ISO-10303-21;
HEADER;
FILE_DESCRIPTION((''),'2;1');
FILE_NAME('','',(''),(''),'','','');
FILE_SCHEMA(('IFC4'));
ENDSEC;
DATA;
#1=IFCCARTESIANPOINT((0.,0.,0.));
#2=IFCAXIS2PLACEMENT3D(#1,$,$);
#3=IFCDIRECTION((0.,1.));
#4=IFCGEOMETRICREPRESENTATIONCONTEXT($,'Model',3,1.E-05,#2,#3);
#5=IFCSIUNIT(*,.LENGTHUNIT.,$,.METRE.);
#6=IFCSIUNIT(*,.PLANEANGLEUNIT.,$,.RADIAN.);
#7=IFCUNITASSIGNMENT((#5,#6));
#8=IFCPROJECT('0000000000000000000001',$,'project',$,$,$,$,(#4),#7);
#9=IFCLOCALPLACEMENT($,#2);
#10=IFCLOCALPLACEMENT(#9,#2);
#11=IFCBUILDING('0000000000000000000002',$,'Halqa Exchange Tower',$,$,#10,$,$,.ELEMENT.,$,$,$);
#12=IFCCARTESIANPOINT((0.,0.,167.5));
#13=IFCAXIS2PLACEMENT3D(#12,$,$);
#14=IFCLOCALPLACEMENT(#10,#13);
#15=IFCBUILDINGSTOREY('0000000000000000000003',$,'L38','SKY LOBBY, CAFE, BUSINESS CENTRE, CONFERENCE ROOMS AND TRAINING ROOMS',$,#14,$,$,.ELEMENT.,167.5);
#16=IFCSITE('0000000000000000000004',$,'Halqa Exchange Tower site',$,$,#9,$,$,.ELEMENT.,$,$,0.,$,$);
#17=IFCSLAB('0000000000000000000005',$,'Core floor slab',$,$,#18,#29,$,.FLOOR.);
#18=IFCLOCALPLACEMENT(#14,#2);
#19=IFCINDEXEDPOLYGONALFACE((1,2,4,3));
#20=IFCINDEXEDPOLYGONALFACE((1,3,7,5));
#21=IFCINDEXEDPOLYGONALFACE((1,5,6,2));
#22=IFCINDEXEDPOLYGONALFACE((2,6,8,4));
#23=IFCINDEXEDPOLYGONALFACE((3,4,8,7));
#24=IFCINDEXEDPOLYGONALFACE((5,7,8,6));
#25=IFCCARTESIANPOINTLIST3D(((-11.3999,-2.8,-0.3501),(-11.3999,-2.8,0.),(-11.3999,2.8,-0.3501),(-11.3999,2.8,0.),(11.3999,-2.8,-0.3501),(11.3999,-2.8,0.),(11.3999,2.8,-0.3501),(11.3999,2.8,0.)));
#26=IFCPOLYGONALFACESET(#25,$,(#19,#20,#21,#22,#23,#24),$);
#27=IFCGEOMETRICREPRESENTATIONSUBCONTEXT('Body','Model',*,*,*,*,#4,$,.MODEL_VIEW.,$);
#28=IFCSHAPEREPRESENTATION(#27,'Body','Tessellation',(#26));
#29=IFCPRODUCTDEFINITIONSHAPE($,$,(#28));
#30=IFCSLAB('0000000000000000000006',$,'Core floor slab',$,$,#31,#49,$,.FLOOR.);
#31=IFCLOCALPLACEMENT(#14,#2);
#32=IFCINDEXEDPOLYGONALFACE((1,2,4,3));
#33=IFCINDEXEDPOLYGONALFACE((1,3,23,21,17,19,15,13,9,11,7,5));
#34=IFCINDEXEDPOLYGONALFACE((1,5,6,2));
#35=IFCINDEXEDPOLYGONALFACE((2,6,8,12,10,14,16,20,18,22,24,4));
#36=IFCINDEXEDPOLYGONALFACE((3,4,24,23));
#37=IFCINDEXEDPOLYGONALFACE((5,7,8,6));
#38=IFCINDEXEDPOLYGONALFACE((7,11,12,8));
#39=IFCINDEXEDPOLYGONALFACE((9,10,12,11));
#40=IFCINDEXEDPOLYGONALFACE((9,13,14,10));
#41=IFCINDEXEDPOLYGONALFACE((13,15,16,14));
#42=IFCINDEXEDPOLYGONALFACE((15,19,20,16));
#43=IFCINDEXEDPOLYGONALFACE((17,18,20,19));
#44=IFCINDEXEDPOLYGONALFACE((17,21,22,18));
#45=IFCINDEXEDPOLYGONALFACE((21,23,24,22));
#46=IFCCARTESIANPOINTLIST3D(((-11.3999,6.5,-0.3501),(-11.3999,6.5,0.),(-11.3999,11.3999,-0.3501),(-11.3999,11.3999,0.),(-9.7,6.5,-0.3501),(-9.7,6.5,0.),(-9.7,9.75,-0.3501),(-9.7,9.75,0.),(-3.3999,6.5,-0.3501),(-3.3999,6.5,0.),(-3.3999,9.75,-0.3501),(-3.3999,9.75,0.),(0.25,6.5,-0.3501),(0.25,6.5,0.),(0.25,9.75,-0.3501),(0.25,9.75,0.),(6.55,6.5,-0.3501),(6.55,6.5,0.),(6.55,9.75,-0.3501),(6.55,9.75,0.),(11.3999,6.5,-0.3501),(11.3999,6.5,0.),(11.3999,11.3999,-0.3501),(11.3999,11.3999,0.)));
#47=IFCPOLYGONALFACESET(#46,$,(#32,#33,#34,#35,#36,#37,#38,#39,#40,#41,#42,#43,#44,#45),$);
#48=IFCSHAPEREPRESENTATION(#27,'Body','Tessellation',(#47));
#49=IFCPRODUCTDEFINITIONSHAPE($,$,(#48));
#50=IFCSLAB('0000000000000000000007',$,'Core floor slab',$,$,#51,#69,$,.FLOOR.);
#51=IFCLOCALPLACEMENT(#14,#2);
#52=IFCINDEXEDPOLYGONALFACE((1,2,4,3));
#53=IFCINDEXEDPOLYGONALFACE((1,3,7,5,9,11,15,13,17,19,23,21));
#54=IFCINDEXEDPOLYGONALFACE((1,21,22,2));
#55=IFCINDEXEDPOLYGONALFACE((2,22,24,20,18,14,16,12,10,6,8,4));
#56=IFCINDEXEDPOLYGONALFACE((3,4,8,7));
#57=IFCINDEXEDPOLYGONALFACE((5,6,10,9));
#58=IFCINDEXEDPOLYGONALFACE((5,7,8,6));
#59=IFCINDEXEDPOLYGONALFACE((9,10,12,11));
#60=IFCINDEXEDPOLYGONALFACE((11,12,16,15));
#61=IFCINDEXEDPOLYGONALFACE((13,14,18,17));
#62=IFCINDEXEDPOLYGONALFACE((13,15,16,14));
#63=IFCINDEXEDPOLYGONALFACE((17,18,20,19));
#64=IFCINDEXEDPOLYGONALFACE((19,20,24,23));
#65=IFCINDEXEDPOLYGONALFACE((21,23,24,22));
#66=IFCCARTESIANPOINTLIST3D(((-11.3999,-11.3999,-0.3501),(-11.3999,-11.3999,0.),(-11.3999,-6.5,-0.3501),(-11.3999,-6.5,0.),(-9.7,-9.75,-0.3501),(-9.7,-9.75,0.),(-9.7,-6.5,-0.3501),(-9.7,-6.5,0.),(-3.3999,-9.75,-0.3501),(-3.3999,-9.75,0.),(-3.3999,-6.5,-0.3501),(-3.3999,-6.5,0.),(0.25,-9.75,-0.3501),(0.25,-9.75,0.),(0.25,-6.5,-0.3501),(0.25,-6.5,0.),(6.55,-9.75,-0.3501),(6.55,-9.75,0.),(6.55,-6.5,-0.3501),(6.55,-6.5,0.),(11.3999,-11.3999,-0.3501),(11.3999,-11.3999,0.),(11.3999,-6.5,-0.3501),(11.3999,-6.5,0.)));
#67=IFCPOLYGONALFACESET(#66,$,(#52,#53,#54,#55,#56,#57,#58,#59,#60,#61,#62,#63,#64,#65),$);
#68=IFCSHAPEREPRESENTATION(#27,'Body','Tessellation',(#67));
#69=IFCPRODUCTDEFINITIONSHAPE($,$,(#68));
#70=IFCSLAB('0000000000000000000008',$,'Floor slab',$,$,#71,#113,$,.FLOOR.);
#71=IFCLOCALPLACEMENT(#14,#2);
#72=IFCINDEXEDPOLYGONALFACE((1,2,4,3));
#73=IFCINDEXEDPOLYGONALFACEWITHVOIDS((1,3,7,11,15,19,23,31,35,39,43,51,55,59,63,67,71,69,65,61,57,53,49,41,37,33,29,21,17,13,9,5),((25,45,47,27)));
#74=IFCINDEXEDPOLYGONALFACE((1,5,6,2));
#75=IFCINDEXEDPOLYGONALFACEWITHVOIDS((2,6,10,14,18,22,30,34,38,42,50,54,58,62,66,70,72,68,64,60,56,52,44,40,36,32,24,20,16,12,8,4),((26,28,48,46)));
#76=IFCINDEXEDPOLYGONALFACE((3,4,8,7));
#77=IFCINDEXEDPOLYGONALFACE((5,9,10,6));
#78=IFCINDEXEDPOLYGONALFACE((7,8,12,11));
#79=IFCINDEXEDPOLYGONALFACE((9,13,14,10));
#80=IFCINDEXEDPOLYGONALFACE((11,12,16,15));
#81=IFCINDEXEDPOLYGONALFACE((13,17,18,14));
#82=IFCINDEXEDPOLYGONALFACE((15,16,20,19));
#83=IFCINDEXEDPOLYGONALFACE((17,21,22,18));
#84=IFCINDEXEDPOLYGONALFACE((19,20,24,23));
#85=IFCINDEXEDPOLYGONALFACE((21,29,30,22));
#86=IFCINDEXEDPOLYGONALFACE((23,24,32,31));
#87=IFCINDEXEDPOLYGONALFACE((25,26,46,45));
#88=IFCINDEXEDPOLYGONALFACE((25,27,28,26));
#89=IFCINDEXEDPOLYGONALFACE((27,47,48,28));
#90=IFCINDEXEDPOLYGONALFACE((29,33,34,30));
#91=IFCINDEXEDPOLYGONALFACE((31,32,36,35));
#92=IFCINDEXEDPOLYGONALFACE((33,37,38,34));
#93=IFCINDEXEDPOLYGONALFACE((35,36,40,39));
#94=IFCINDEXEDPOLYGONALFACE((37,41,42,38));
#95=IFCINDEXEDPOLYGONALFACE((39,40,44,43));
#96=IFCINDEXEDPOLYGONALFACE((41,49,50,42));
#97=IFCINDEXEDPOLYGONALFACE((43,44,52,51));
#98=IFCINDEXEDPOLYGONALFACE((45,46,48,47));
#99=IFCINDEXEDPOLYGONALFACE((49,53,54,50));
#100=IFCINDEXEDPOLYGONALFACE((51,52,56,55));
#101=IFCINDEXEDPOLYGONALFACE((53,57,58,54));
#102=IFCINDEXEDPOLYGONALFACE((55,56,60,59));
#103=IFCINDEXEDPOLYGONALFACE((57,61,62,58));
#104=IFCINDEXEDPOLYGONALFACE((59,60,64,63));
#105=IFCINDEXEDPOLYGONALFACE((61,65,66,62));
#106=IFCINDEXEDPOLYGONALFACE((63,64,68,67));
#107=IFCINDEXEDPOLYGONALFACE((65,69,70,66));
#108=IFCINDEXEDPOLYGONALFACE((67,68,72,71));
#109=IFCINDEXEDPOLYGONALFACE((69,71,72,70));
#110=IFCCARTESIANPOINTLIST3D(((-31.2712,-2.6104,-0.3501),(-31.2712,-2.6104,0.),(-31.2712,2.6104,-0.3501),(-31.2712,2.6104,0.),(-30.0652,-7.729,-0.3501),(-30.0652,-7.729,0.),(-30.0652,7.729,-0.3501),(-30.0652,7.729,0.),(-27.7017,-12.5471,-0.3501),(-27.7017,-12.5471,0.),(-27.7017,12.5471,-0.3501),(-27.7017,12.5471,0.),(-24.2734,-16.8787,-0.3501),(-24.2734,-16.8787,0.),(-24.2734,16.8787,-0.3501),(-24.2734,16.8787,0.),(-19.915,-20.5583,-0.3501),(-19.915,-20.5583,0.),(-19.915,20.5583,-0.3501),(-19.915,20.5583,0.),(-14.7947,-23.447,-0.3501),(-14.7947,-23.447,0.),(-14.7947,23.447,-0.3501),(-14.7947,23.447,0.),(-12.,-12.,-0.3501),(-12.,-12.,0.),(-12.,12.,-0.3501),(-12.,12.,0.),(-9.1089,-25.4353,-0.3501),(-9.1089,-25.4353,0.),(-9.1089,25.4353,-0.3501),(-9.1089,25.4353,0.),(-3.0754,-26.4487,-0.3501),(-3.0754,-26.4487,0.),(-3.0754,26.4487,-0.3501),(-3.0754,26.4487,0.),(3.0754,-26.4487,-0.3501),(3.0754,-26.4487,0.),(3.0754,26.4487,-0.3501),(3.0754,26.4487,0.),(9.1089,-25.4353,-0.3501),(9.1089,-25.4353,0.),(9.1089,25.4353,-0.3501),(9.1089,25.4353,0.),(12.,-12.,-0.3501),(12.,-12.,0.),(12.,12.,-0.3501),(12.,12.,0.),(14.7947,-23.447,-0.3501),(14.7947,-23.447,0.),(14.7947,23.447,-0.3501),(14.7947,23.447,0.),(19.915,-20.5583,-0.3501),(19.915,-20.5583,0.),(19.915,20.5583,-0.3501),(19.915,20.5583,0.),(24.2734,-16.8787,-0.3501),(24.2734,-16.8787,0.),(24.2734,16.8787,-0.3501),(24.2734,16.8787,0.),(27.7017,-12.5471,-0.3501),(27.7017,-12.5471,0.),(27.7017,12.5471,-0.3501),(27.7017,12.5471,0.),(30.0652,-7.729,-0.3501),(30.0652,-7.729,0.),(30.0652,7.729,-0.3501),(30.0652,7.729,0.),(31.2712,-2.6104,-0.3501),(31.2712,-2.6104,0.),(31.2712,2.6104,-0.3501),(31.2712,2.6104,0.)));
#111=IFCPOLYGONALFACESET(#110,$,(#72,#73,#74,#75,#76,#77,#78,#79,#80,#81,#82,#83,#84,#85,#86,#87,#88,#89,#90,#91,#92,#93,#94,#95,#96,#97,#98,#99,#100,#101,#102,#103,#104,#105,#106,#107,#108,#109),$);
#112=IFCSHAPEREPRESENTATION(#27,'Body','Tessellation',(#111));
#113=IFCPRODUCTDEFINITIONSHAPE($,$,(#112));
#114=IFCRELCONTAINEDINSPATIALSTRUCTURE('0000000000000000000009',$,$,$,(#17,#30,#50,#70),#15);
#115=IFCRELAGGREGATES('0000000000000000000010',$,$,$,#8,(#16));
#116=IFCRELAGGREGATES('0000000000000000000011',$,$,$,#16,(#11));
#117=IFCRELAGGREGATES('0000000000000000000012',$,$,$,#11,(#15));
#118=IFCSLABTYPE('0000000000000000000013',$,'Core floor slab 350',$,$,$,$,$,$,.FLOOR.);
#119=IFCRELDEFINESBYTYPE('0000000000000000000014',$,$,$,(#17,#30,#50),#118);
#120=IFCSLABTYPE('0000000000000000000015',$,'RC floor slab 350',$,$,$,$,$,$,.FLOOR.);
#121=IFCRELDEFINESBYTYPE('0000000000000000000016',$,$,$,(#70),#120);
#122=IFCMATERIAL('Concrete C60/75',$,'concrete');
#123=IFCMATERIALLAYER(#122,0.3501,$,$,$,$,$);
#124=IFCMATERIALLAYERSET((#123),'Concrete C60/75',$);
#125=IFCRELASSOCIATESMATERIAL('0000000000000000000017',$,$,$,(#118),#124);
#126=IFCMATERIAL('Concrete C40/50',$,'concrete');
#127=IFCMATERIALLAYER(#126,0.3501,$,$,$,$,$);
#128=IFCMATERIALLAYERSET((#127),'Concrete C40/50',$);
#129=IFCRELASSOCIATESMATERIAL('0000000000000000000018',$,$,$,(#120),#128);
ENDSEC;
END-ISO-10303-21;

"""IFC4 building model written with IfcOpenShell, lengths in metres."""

from ifc_helpers import new_model, si_unit, direction, frame, origin, place, context, subcontext, project, spatial, polyline, outline, extrude, material, layer, layer_set, type_object, element, save


model = new_model("IFC4")

# Units and contexts
model_context = context("Model", 3, precision=1e-05, world=origin(), true_north=direction((0.0, 1.0)))
body_context = subcontext(model_context, "Body", "Model", "MODEL_VIEW")
ifc_project = project(units=[si_unit("LENGTHUNIT", "METRE"), si_unit("PLANEANGLEUNIT", "RADIAN")], contexts=[model_context])

# Site, building, storey
site_placement = place(None, origin())
site = spatial("IfcSite", under=ifc_project, at=site_placement, Name="Halqa Exchange Tower site", CompositionType="ELEMENT", RefElevation=0.0)
building_placement = place(site_placement, origin())
building = spatial("IfcBuilding", under=site, at=building_placement, Name="Halqa Exchange Tower", CompositionType="ELEMENT")
storey_placement = place(building_placement, frame((0.0, 0.0, 167.5)))
storey = spatial("IfcBuildingStorey", under=building, at=storey_placement, Name="L38", Description="SKY LOBBY, CAFE, BUSINESS CENTRE, CONFERENCE ROOMS AND TRAINING ROOMS", CompositionType="ELEMENT", Elevation=167.5)

# Slabs
ifc_material_1 = material(Name="Concrete C60/75", Category="concrete")
ifc_layer_1 = layer(ifc_material_1, 0.3501)
ifc_layer_set_1 = layer_set([ifc_layer_1], Name="Concrete C60/75")
slab_type_1 = type_object("IfcSlabType", Name="Core floor slab 350", PredefinedType="FLOOR", material=ifc_layer_set_1)
slab_1_placement = place(storey_placement, frame((0.0, 0.0, -0.3501)))
element("IfcSlab", 1, at=slab_1_placement, inside=storey, type_object=slab_type_1, Name="Core floor slab", PredefinedType="FLOOR", context=body_context, shape_type="SweptSolid", body=[
    extrude(outline(polyline([(-11.3999, 2.8), (11.3999, 2.8), (11.3999, -2.8), (-11.3999, -2.8), (-11.3999, 2.8)])), origin(), (0.0, 0.0, 1.0), 0.3501),
])
slab_2_placement = place(storey_placement, frame((0.0, 0.0, -0.3501)))
element("IfcSlab", 2, at=slab_2_placement, inside=storey, type_object=slab_type_1, Name="Core floor slab", PredefinedType="FLOOR", context=body_context, shape_type="SweptSolid", body=[
    extrude(outline(polyline([(-11.3999, 11.3999), (11.3999, 11.3999), (11.3999, 6.5), (6.55, 6.5), (6.55, 9.75), (0.25, 9.75), (0.25, 6.5), (-3.3999, 6.5), (-3.3999, 9.75), (-9.7, 9.75), (-9.7, 6.5), (-11.3999, 6.5), (-11.3999, 11.3999)])), origin(), (0.0, 0.0, 1.0), 0.3501),
])
slab_3_placement = place(storey_placement, frame((0.0, 0.0, -0.3501)))
element("IfcSlab", 3, at=slab_3_placement, inside=storey, type_object=slab_type_1, Name="Core floor slab", PredefinedType="FLOOR", context=body_context, shape_type="SweptSolid", body=[
    extrude(outline(polyline([(-9.7, -9.75), (-3.3999, -9.75), (-3.3999, -6.5), (0.25, -6.5), (0.25, -9.75), (6.55, -9.75), (6.55, -6.5), (11.3999, -6.5), (11.3999, -11.3999), (-11.3999, -11.3999), (-11.3999, -6.5), (-9.7, -6.5), (-9.7, -9.75)])), origin(), (0.0, 0.0, 1.0), 0.3501),
])
ifc_material_2 = material(Name="Concrete C40/50", Category="concrete")
ifc_layer_2 = layer(ifc_material_2, 0.3501)
ifc_layer_set_2 = layer_set([ifc_layer_2], Name="Concrete C40/50")
slab_type_2 = type_object("IfcSlabType", Name="RC floor slab 350", PredefinedType="FLOOR", material=ifc_layer_set_2)
slab_4_placement = place(storey_placement, frame((0.0, 0.0, -0.3501)))
element("IfcSlab", 4, at=slab_4_placement, inside=storey, type_object=slab_type_2, Name="Floor slab", PredefinedType="FLOOR", context=body_context, shape_type="SweptSolid", body=[
    extrude(outline(polyline([(31.2712, 2.6104), (30.0652, 7.729), (27.7017, 12.5471), (24.2734, 16.8787), (19.915, 20.5583), (14.7947, 23.447), (9.1089, 25.4353), (3.0754, 26.4487), (-3.0754, 26.4487), (-9.1089, 25.4353), (-14.7947, 23.447), (-19.915, 20.5583), (-24.2734, 16.8787), (-27.7017, 12.5471), (-30.0652, 7.729), (-31.2712, 2.6104), (-31.2712, -2.6104), (-30.0652, -7.729), (-27.7017, -12.5471), (-24.2734, -16.8787), (-19.915, -20.5583), (-14.7947, -23.447), (-9.1089, -25.4353), (-3.0754, -26.4487), (3.0754, -26.4487), (9.1089, -25.4353), (14.7947, -23.447), (19.915, -20.5583), (24.2734, -16.8787), (27.7017, -12.5471), (30.0652, -7.729), (31.2712, -2.6104), (31.2712, 2.6104)]), holes=[polyline([(-12.0, -12.0), (12.0, -12.0), (12.0, 12.0), (-12.0, 12.0), (-12.0, -12.0)])]), origin(), (0.0, 0.0, 1.0), 0.3501),
])

save(model, "model.ifc")
